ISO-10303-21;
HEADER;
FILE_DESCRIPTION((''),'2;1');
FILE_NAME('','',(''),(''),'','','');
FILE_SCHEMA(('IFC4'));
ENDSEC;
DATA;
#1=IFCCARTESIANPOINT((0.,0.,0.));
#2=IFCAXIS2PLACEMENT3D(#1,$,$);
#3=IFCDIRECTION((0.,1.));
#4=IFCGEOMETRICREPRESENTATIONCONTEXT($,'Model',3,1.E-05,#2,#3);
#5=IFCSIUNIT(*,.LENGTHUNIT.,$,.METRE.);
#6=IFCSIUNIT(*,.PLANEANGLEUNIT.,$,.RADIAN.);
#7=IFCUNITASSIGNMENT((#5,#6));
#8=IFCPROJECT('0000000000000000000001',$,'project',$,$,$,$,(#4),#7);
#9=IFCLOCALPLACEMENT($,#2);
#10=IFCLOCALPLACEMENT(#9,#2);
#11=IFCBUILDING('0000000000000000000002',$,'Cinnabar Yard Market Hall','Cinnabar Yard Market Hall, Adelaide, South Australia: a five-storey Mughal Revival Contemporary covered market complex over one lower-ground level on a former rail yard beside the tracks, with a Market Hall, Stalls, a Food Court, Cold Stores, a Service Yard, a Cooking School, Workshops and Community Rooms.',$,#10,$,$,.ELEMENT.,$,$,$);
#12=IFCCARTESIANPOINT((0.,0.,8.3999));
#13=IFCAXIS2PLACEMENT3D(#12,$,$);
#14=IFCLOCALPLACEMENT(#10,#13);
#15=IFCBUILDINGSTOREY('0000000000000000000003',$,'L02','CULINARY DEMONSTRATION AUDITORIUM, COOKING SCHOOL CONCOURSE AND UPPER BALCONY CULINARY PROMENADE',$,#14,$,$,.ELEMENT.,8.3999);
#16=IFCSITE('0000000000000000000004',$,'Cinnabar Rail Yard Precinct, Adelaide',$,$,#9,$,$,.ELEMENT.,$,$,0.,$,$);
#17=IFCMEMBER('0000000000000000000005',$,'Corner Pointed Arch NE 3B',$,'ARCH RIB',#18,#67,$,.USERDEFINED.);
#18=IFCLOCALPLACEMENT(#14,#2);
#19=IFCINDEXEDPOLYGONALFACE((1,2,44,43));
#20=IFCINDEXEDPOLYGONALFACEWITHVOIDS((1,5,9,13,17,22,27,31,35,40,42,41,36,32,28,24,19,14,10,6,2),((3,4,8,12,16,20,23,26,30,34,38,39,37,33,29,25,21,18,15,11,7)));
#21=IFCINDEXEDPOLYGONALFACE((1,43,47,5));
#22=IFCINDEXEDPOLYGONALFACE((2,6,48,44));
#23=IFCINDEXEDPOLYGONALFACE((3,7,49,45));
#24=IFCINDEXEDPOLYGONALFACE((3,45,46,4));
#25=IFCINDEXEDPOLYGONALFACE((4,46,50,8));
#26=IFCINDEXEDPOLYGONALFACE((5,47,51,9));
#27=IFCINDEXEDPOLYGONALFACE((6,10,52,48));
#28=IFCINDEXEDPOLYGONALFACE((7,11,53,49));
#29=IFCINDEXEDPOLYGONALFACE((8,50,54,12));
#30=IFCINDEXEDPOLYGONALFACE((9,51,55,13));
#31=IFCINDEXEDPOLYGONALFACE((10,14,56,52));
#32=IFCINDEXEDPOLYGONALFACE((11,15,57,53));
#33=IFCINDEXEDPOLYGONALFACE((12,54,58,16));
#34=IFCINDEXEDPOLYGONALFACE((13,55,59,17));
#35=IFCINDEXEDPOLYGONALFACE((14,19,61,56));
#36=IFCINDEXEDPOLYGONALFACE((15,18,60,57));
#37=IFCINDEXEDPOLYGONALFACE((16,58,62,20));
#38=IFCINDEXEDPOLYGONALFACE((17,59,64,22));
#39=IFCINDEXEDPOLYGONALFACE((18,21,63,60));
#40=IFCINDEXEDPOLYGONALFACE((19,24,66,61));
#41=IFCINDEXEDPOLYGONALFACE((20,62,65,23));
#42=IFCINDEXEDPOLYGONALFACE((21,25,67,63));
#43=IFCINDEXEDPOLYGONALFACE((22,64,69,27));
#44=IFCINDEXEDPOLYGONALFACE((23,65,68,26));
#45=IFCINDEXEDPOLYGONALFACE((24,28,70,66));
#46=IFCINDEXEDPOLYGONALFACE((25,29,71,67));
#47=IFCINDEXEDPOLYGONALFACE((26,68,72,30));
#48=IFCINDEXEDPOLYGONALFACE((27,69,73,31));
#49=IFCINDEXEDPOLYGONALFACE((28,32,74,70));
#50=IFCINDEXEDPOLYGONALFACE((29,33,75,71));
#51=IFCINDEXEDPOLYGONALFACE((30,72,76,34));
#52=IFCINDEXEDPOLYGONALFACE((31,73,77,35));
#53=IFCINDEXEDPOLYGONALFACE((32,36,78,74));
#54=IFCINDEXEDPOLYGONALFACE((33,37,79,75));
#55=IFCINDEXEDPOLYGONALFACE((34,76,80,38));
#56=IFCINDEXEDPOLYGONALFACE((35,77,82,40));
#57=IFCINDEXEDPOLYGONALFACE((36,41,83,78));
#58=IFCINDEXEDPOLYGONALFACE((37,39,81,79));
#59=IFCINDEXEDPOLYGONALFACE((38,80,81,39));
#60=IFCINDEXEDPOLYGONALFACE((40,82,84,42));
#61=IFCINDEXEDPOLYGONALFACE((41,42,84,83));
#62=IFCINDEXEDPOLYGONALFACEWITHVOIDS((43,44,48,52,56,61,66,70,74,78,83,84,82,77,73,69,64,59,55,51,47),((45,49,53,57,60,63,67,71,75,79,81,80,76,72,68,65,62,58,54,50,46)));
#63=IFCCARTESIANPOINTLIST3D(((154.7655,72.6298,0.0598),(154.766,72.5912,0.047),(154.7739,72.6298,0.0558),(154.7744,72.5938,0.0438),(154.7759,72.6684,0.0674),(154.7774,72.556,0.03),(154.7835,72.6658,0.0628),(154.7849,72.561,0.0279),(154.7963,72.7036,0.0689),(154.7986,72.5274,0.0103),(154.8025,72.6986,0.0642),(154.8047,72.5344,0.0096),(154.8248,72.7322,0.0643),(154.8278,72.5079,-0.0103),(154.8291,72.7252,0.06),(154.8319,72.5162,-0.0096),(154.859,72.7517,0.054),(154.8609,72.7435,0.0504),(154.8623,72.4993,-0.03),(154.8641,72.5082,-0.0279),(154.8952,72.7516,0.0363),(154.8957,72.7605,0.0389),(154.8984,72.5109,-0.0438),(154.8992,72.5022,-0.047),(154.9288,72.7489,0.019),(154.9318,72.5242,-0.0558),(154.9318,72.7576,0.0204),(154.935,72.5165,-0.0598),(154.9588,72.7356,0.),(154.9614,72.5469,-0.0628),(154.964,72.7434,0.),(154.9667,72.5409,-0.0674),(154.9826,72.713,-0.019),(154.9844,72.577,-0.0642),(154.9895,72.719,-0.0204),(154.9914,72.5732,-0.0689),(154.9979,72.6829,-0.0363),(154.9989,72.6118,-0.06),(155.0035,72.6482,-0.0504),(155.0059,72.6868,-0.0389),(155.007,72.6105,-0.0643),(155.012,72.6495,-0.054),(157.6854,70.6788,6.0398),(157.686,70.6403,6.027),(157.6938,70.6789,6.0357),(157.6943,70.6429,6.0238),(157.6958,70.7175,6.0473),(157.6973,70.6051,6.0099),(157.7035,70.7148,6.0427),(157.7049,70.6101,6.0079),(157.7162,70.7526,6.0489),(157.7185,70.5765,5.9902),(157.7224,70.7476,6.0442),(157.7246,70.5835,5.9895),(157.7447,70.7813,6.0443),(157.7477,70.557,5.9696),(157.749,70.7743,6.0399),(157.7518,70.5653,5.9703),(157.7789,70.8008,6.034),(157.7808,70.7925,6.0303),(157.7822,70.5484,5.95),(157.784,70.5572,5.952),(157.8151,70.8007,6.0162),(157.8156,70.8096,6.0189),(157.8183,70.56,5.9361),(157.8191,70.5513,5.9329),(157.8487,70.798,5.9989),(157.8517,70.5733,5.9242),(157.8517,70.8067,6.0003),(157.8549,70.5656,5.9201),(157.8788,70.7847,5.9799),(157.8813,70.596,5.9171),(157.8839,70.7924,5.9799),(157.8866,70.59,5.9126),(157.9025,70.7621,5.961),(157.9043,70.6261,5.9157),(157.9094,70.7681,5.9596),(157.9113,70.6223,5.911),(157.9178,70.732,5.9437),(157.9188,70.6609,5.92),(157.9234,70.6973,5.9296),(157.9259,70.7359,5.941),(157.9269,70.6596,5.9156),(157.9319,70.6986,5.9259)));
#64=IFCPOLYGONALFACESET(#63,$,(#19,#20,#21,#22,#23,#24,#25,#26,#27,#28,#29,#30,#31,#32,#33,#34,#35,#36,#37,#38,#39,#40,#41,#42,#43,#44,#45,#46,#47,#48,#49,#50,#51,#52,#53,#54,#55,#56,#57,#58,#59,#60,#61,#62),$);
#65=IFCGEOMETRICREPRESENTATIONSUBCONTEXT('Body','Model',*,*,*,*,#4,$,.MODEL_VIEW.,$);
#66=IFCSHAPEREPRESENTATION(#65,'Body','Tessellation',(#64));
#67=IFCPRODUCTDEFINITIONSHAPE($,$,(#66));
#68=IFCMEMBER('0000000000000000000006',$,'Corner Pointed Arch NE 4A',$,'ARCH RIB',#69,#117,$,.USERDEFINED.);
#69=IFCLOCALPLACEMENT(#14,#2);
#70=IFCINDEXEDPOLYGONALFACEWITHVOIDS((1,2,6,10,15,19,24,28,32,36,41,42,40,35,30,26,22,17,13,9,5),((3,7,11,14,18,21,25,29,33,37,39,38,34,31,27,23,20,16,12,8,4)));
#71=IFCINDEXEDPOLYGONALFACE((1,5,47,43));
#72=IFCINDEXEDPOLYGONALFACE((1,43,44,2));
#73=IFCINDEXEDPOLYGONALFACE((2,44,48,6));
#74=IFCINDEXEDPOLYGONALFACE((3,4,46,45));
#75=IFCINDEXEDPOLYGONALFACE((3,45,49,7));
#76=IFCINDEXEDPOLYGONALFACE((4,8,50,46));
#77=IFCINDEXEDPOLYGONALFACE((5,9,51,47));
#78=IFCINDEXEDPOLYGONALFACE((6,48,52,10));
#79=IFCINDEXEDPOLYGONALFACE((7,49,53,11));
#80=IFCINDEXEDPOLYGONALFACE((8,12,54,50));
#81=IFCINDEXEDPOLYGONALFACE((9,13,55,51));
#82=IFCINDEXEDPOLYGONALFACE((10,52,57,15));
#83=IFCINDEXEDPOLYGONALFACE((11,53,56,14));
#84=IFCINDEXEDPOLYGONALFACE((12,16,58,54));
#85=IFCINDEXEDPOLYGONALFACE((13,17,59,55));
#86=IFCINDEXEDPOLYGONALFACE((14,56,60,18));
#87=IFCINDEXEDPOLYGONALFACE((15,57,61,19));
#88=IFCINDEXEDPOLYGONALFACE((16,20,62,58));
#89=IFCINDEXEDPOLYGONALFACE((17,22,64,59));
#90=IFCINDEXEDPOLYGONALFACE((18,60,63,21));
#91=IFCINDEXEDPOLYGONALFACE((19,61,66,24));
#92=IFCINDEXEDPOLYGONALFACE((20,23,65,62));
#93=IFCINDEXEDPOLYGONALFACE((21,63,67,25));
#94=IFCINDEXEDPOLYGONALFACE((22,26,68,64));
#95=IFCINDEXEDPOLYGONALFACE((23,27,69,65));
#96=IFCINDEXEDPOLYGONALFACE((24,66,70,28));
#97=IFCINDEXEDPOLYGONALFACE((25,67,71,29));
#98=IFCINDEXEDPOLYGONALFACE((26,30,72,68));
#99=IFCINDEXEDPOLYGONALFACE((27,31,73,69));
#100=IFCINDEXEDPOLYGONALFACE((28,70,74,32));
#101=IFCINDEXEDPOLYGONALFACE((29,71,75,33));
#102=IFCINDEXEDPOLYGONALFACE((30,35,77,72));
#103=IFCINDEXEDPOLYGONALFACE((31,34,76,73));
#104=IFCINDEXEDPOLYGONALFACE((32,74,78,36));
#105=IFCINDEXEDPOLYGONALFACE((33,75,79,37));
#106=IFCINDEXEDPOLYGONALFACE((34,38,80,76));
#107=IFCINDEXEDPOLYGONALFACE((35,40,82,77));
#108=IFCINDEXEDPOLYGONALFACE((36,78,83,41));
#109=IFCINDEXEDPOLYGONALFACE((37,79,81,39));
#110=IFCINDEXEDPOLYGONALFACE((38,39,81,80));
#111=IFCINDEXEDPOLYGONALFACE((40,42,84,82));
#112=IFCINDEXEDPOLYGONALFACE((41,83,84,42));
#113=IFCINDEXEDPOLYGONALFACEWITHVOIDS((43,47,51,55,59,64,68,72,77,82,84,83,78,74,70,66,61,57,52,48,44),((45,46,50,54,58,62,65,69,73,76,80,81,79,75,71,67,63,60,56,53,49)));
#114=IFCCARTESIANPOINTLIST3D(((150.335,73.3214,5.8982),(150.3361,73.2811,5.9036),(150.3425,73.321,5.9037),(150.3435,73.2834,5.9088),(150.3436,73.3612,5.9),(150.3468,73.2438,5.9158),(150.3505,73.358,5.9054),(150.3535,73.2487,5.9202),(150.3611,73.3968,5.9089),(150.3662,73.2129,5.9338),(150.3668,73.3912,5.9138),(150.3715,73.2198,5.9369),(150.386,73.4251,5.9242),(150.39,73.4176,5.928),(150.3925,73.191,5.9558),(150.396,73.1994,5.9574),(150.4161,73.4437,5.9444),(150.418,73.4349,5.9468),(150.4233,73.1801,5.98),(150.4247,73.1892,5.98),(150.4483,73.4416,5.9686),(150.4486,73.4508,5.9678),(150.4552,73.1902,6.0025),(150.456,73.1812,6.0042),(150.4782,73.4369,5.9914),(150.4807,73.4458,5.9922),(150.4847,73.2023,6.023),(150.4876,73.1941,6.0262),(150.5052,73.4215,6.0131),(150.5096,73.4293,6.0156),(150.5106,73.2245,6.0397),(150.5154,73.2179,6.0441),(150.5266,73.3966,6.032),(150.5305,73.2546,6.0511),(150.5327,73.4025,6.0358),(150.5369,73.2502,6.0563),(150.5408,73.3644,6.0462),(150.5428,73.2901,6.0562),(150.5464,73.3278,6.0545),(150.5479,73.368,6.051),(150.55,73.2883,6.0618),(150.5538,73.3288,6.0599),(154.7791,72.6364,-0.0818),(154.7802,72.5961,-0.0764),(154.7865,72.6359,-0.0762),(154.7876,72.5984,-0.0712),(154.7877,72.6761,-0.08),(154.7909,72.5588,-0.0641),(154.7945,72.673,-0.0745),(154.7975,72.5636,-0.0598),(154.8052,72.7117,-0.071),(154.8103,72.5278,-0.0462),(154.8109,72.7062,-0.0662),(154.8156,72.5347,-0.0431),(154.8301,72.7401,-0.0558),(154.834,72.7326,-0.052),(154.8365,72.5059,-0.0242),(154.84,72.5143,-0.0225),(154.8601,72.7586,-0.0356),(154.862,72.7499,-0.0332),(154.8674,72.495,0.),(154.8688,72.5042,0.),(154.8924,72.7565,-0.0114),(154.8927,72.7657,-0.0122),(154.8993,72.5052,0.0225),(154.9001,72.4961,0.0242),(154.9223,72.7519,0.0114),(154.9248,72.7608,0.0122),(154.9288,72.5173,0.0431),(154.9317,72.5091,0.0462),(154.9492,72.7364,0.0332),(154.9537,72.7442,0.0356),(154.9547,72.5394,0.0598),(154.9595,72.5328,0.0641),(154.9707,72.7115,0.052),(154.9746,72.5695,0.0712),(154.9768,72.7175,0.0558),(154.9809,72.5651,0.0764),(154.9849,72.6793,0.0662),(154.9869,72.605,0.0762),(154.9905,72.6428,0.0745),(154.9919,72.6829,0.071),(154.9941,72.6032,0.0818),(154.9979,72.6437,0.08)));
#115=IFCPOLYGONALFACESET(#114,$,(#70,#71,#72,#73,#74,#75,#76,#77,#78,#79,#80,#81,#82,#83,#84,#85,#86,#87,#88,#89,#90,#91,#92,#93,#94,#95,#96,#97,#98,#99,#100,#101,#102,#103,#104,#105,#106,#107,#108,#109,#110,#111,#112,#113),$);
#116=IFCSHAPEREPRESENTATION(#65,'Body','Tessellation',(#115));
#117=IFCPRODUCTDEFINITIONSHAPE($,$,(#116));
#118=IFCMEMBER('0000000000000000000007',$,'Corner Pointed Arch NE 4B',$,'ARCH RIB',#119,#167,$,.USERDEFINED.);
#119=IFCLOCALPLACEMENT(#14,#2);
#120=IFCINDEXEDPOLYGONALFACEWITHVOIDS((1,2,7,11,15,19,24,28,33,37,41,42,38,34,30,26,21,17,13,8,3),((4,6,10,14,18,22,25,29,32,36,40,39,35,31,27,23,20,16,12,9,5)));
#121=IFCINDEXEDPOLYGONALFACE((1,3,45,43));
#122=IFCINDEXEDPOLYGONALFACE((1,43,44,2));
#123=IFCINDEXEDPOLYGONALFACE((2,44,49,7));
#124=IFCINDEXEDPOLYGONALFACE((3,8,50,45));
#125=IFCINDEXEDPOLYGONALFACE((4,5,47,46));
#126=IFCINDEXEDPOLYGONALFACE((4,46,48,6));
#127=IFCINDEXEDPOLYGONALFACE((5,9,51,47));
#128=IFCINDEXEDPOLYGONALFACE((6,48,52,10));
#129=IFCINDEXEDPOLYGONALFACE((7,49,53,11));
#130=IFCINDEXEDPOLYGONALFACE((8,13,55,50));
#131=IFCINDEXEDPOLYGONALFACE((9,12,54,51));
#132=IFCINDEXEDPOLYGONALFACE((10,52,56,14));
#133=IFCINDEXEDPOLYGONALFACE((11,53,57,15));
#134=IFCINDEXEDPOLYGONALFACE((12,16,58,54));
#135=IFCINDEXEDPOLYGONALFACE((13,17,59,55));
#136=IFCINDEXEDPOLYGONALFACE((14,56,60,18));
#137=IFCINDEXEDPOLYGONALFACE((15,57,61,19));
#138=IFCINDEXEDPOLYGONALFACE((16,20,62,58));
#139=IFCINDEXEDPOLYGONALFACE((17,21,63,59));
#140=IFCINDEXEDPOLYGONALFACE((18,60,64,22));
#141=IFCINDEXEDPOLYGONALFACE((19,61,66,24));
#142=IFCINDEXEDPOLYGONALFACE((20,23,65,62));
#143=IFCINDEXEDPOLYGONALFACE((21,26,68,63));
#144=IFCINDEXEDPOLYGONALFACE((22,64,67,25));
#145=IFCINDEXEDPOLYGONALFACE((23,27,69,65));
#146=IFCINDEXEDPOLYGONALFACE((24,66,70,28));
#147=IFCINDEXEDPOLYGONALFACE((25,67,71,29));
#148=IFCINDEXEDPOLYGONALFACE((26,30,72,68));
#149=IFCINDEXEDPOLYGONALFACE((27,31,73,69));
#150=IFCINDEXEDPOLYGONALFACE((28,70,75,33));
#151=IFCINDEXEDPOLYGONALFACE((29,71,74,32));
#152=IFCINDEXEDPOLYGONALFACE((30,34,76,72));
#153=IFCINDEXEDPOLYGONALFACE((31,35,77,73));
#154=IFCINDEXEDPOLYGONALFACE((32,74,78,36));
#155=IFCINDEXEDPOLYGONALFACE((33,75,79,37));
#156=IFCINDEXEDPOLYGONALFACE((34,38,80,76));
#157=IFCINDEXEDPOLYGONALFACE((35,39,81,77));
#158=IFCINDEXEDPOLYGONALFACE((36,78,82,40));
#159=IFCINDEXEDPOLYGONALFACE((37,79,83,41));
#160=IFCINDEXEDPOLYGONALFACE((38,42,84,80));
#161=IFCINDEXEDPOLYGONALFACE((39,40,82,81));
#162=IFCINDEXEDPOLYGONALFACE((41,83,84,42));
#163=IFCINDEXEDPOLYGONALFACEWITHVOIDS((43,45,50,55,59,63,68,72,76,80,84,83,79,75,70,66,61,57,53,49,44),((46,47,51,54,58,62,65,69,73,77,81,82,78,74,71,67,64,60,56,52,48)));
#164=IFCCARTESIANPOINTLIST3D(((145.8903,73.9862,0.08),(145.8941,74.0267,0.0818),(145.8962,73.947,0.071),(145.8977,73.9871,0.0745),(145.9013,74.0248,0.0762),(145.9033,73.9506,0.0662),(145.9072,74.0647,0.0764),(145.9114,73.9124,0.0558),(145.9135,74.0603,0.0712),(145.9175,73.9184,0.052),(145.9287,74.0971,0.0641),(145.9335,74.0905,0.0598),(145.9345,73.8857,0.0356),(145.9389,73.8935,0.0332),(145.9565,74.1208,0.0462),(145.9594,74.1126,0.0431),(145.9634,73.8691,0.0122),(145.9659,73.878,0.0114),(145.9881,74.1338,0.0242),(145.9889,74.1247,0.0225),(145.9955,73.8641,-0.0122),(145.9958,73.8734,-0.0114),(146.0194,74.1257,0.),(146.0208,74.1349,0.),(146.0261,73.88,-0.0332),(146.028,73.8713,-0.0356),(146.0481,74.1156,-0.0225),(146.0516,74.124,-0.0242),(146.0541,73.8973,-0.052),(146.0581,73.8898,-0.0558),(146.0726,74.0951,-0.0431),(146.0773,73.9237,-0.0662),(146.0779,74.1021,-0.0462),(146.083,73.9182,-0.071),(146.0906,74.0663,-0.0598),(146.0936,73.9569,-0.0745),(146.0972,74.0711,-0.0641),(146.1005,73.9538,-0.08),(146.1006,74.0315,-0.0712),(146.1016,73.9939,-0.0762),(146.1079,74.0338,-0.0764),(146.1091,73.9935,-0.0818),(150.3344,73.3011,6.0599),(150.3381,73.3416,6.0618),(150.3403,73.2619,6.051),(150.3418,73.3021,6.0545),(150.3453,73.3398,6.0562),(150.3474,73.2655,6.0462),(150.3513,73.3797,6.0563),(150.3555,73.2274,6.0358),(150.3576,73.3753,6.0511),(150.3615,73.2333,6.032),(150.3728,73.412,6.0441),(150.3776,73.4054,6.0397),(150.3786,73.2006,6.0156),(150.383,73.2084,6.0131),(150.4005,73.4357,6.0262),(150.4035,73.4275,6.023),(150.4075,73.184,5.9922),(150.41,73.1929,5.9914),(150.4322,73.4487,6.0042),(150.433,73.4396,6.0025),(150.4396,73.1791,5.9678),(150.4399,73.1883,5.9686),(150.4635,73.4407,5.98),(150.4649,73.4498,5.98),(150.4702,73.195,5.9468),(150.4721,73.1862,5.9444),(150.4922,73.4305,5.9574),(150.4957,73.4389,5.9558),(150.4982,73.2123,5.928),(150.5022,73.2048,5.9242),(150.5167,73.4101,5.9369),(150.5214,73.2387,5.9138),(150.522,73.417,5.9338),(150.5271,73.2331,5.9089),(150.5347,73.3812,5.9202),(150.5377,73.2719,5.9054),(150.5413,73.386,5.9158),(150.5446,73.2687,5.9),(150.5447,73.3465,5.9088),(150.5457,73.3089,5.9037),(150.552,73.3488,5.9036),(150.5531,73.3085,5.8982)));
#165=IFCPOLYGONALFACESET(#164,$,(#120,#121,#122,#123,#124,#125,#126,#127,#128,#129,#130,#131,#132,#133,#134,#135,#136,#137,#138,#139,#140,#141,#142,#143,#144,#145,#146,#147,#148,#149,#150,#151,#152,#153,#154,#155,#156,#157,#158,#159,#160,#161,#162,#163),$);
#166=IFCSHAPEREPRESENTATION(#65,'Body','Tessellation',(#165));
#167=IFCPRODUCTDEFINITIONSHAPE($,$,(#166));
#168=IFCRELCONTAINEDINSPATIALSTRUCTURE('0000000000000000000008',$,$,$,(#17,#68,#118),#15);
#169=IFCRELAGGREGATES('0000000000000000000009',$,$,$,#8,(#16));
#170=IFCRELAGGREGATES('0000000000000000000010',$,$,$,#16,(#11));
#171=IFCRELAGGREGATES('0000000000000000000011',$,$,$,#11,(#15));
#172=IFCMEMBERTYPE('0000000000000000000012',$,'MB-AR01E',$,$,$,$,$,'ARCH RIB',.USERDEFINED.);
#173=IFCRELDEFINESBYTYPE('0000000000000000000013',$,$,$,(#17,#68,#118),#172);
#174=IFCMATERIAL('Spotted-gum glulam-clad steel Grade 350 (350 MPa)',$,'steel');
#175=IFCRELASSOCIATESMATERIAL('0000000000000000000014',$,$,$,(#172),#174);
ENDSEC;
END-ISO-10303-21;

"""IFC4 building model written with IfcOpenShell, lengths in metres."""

from ifc_helpers import new_model, si_unit, direction, frame, origin, origin_2d_with_axis, place, context, subcontext, project, spatial, hollow_circle, extrude, material, material_profile, profile_set, type_object, element, save


model = new_model("IFC4")

# Units and contexts
model_context = context("Model", 3, precision=1e-05, world=origin(), true_north=direction((0.0, 1.0)))
body_context = subcontext(model_context, "Body", "Model", "MODEL_VIEW")
ifc_project = project(units=[si_unit("LENGTHUNIT", "METRE"), si_unit("PLANEANGLEUNIT", "RADIAN")], contexts=[model_context])

# Site, building, storey
site_placement = place(None, origin())
site = spatial("IfcSite", under=ifc_project, at=site_placement, Name="Cinnabar Rail Yard Precinct, Adelaide", CompositionType="ELEMENT", RefElevation=0.0)
building_placement = place(site_placement, origin())
building = spatial("IfcBuilding", under=site, at=building_placement, Name="Cinnabar Yard Market Hall", Description="Cinnabar Yard Market Hall, Adelaide, South Australia: a five-storey Mughal Revival Contemporary covered market complex over one lower-ground level on a former rail yard beside the tracks, with a Market Hall, Stalls, a Food Court, Cold Stores, a Service Yard, a Cooking School, Workshops and Community Rooms.", CompositionType="ELEMENT")
storey_placement = place(building_placement, frame((0.0, 0.0, 8.3999)))
storey = spatial("IfcBuildingStorey", under=building, at=storey_placement, Name="L02", Description="CULINARY DEMONSTRATION AUDITORIUM, COOKING SCHOOL CONCOURSE AND UPPER BALCONY CULINARY PROMENADE", CompositionType="ELEMENT", Elevation=8.3999)

# Shared definitions
ifc_material_1 = material(Name="Spotted-gum glulam-clad steel Grade 350 (350 MPa)", Category="steel")

# Members
ifc_material_profile_1 = material_profile(ifc_material_1, hollow_circle(Radius=0.1365, WallThickness=0.0093, at=origin_2d_with_axis()), Name="273.1x9.3CHS")
ifc_profile_set_1 = profile_set([ifc_material_profile_1], Name="Spotted-gum glulam-clad steel Grade 350 (350 MPa)")
member_type_1 = type_object("IfcMemberType", Name="MB-AR01E", ElementType="ARCH RIB", PredefinedType="USERDEFINED", material=ifc_profile_set_1)
member_1_placement = place(storey_placement, frame((154.8882, 72.6299, 0.0), z_axis=(0.42105, -0.281322, 0.862308), x_axis=(0.55555, 0.831483, 0.0)))
element("IfcMember", 1, at=member_1_placement, inside=storey, type_object=member_type_1, Name="Corner Pointed Arch NE 3B", ObjectType="ARCH RIB", PredefinedType="USERDEFINED", context=body_context, shape_type="SweptSolid", body=[
    extrude(hollow_circle(Radius=0.1365, WallThickness=0.0093, at=origin_2d_with_axis()), origin(), (0.0, 0.0, 1.0), 6.9348),
])
for number, where, z_axis, x_axis, name in (
    (2, (154.8882, 72.6299, 0.0), (-0.593976, 0.091562, 0.799255), (-0.152351, -0.988326, 0.0), "Corner Pointed Arch NE 4A"),
    (3, (146.0, 74.0, 0.0), (0.593976, -0.091562, 0.799255), (0.152351, 0.988326, 0.0), "Corner Pointed Arch NE 4B"),
):
    element("IfcMember", number, at=place(storey_placement, frame(where, z_axis=z_axis, x_axis=x_axis)), inside=storey, type_object=member_type_1, Name=name, ObjectType="ARCH RIB", PredefinedType="USERDEFINED", context=body_context, shape_type="SweptSolid", body=[
        extrude(hollow_circle(Radius=0.1365, WallThickness=0.0093, at=origin_2d_with_axis()), origin(), (0.0, 0.0, 1.0), 7.4819),
    ])

save(model, "model.ifc")
